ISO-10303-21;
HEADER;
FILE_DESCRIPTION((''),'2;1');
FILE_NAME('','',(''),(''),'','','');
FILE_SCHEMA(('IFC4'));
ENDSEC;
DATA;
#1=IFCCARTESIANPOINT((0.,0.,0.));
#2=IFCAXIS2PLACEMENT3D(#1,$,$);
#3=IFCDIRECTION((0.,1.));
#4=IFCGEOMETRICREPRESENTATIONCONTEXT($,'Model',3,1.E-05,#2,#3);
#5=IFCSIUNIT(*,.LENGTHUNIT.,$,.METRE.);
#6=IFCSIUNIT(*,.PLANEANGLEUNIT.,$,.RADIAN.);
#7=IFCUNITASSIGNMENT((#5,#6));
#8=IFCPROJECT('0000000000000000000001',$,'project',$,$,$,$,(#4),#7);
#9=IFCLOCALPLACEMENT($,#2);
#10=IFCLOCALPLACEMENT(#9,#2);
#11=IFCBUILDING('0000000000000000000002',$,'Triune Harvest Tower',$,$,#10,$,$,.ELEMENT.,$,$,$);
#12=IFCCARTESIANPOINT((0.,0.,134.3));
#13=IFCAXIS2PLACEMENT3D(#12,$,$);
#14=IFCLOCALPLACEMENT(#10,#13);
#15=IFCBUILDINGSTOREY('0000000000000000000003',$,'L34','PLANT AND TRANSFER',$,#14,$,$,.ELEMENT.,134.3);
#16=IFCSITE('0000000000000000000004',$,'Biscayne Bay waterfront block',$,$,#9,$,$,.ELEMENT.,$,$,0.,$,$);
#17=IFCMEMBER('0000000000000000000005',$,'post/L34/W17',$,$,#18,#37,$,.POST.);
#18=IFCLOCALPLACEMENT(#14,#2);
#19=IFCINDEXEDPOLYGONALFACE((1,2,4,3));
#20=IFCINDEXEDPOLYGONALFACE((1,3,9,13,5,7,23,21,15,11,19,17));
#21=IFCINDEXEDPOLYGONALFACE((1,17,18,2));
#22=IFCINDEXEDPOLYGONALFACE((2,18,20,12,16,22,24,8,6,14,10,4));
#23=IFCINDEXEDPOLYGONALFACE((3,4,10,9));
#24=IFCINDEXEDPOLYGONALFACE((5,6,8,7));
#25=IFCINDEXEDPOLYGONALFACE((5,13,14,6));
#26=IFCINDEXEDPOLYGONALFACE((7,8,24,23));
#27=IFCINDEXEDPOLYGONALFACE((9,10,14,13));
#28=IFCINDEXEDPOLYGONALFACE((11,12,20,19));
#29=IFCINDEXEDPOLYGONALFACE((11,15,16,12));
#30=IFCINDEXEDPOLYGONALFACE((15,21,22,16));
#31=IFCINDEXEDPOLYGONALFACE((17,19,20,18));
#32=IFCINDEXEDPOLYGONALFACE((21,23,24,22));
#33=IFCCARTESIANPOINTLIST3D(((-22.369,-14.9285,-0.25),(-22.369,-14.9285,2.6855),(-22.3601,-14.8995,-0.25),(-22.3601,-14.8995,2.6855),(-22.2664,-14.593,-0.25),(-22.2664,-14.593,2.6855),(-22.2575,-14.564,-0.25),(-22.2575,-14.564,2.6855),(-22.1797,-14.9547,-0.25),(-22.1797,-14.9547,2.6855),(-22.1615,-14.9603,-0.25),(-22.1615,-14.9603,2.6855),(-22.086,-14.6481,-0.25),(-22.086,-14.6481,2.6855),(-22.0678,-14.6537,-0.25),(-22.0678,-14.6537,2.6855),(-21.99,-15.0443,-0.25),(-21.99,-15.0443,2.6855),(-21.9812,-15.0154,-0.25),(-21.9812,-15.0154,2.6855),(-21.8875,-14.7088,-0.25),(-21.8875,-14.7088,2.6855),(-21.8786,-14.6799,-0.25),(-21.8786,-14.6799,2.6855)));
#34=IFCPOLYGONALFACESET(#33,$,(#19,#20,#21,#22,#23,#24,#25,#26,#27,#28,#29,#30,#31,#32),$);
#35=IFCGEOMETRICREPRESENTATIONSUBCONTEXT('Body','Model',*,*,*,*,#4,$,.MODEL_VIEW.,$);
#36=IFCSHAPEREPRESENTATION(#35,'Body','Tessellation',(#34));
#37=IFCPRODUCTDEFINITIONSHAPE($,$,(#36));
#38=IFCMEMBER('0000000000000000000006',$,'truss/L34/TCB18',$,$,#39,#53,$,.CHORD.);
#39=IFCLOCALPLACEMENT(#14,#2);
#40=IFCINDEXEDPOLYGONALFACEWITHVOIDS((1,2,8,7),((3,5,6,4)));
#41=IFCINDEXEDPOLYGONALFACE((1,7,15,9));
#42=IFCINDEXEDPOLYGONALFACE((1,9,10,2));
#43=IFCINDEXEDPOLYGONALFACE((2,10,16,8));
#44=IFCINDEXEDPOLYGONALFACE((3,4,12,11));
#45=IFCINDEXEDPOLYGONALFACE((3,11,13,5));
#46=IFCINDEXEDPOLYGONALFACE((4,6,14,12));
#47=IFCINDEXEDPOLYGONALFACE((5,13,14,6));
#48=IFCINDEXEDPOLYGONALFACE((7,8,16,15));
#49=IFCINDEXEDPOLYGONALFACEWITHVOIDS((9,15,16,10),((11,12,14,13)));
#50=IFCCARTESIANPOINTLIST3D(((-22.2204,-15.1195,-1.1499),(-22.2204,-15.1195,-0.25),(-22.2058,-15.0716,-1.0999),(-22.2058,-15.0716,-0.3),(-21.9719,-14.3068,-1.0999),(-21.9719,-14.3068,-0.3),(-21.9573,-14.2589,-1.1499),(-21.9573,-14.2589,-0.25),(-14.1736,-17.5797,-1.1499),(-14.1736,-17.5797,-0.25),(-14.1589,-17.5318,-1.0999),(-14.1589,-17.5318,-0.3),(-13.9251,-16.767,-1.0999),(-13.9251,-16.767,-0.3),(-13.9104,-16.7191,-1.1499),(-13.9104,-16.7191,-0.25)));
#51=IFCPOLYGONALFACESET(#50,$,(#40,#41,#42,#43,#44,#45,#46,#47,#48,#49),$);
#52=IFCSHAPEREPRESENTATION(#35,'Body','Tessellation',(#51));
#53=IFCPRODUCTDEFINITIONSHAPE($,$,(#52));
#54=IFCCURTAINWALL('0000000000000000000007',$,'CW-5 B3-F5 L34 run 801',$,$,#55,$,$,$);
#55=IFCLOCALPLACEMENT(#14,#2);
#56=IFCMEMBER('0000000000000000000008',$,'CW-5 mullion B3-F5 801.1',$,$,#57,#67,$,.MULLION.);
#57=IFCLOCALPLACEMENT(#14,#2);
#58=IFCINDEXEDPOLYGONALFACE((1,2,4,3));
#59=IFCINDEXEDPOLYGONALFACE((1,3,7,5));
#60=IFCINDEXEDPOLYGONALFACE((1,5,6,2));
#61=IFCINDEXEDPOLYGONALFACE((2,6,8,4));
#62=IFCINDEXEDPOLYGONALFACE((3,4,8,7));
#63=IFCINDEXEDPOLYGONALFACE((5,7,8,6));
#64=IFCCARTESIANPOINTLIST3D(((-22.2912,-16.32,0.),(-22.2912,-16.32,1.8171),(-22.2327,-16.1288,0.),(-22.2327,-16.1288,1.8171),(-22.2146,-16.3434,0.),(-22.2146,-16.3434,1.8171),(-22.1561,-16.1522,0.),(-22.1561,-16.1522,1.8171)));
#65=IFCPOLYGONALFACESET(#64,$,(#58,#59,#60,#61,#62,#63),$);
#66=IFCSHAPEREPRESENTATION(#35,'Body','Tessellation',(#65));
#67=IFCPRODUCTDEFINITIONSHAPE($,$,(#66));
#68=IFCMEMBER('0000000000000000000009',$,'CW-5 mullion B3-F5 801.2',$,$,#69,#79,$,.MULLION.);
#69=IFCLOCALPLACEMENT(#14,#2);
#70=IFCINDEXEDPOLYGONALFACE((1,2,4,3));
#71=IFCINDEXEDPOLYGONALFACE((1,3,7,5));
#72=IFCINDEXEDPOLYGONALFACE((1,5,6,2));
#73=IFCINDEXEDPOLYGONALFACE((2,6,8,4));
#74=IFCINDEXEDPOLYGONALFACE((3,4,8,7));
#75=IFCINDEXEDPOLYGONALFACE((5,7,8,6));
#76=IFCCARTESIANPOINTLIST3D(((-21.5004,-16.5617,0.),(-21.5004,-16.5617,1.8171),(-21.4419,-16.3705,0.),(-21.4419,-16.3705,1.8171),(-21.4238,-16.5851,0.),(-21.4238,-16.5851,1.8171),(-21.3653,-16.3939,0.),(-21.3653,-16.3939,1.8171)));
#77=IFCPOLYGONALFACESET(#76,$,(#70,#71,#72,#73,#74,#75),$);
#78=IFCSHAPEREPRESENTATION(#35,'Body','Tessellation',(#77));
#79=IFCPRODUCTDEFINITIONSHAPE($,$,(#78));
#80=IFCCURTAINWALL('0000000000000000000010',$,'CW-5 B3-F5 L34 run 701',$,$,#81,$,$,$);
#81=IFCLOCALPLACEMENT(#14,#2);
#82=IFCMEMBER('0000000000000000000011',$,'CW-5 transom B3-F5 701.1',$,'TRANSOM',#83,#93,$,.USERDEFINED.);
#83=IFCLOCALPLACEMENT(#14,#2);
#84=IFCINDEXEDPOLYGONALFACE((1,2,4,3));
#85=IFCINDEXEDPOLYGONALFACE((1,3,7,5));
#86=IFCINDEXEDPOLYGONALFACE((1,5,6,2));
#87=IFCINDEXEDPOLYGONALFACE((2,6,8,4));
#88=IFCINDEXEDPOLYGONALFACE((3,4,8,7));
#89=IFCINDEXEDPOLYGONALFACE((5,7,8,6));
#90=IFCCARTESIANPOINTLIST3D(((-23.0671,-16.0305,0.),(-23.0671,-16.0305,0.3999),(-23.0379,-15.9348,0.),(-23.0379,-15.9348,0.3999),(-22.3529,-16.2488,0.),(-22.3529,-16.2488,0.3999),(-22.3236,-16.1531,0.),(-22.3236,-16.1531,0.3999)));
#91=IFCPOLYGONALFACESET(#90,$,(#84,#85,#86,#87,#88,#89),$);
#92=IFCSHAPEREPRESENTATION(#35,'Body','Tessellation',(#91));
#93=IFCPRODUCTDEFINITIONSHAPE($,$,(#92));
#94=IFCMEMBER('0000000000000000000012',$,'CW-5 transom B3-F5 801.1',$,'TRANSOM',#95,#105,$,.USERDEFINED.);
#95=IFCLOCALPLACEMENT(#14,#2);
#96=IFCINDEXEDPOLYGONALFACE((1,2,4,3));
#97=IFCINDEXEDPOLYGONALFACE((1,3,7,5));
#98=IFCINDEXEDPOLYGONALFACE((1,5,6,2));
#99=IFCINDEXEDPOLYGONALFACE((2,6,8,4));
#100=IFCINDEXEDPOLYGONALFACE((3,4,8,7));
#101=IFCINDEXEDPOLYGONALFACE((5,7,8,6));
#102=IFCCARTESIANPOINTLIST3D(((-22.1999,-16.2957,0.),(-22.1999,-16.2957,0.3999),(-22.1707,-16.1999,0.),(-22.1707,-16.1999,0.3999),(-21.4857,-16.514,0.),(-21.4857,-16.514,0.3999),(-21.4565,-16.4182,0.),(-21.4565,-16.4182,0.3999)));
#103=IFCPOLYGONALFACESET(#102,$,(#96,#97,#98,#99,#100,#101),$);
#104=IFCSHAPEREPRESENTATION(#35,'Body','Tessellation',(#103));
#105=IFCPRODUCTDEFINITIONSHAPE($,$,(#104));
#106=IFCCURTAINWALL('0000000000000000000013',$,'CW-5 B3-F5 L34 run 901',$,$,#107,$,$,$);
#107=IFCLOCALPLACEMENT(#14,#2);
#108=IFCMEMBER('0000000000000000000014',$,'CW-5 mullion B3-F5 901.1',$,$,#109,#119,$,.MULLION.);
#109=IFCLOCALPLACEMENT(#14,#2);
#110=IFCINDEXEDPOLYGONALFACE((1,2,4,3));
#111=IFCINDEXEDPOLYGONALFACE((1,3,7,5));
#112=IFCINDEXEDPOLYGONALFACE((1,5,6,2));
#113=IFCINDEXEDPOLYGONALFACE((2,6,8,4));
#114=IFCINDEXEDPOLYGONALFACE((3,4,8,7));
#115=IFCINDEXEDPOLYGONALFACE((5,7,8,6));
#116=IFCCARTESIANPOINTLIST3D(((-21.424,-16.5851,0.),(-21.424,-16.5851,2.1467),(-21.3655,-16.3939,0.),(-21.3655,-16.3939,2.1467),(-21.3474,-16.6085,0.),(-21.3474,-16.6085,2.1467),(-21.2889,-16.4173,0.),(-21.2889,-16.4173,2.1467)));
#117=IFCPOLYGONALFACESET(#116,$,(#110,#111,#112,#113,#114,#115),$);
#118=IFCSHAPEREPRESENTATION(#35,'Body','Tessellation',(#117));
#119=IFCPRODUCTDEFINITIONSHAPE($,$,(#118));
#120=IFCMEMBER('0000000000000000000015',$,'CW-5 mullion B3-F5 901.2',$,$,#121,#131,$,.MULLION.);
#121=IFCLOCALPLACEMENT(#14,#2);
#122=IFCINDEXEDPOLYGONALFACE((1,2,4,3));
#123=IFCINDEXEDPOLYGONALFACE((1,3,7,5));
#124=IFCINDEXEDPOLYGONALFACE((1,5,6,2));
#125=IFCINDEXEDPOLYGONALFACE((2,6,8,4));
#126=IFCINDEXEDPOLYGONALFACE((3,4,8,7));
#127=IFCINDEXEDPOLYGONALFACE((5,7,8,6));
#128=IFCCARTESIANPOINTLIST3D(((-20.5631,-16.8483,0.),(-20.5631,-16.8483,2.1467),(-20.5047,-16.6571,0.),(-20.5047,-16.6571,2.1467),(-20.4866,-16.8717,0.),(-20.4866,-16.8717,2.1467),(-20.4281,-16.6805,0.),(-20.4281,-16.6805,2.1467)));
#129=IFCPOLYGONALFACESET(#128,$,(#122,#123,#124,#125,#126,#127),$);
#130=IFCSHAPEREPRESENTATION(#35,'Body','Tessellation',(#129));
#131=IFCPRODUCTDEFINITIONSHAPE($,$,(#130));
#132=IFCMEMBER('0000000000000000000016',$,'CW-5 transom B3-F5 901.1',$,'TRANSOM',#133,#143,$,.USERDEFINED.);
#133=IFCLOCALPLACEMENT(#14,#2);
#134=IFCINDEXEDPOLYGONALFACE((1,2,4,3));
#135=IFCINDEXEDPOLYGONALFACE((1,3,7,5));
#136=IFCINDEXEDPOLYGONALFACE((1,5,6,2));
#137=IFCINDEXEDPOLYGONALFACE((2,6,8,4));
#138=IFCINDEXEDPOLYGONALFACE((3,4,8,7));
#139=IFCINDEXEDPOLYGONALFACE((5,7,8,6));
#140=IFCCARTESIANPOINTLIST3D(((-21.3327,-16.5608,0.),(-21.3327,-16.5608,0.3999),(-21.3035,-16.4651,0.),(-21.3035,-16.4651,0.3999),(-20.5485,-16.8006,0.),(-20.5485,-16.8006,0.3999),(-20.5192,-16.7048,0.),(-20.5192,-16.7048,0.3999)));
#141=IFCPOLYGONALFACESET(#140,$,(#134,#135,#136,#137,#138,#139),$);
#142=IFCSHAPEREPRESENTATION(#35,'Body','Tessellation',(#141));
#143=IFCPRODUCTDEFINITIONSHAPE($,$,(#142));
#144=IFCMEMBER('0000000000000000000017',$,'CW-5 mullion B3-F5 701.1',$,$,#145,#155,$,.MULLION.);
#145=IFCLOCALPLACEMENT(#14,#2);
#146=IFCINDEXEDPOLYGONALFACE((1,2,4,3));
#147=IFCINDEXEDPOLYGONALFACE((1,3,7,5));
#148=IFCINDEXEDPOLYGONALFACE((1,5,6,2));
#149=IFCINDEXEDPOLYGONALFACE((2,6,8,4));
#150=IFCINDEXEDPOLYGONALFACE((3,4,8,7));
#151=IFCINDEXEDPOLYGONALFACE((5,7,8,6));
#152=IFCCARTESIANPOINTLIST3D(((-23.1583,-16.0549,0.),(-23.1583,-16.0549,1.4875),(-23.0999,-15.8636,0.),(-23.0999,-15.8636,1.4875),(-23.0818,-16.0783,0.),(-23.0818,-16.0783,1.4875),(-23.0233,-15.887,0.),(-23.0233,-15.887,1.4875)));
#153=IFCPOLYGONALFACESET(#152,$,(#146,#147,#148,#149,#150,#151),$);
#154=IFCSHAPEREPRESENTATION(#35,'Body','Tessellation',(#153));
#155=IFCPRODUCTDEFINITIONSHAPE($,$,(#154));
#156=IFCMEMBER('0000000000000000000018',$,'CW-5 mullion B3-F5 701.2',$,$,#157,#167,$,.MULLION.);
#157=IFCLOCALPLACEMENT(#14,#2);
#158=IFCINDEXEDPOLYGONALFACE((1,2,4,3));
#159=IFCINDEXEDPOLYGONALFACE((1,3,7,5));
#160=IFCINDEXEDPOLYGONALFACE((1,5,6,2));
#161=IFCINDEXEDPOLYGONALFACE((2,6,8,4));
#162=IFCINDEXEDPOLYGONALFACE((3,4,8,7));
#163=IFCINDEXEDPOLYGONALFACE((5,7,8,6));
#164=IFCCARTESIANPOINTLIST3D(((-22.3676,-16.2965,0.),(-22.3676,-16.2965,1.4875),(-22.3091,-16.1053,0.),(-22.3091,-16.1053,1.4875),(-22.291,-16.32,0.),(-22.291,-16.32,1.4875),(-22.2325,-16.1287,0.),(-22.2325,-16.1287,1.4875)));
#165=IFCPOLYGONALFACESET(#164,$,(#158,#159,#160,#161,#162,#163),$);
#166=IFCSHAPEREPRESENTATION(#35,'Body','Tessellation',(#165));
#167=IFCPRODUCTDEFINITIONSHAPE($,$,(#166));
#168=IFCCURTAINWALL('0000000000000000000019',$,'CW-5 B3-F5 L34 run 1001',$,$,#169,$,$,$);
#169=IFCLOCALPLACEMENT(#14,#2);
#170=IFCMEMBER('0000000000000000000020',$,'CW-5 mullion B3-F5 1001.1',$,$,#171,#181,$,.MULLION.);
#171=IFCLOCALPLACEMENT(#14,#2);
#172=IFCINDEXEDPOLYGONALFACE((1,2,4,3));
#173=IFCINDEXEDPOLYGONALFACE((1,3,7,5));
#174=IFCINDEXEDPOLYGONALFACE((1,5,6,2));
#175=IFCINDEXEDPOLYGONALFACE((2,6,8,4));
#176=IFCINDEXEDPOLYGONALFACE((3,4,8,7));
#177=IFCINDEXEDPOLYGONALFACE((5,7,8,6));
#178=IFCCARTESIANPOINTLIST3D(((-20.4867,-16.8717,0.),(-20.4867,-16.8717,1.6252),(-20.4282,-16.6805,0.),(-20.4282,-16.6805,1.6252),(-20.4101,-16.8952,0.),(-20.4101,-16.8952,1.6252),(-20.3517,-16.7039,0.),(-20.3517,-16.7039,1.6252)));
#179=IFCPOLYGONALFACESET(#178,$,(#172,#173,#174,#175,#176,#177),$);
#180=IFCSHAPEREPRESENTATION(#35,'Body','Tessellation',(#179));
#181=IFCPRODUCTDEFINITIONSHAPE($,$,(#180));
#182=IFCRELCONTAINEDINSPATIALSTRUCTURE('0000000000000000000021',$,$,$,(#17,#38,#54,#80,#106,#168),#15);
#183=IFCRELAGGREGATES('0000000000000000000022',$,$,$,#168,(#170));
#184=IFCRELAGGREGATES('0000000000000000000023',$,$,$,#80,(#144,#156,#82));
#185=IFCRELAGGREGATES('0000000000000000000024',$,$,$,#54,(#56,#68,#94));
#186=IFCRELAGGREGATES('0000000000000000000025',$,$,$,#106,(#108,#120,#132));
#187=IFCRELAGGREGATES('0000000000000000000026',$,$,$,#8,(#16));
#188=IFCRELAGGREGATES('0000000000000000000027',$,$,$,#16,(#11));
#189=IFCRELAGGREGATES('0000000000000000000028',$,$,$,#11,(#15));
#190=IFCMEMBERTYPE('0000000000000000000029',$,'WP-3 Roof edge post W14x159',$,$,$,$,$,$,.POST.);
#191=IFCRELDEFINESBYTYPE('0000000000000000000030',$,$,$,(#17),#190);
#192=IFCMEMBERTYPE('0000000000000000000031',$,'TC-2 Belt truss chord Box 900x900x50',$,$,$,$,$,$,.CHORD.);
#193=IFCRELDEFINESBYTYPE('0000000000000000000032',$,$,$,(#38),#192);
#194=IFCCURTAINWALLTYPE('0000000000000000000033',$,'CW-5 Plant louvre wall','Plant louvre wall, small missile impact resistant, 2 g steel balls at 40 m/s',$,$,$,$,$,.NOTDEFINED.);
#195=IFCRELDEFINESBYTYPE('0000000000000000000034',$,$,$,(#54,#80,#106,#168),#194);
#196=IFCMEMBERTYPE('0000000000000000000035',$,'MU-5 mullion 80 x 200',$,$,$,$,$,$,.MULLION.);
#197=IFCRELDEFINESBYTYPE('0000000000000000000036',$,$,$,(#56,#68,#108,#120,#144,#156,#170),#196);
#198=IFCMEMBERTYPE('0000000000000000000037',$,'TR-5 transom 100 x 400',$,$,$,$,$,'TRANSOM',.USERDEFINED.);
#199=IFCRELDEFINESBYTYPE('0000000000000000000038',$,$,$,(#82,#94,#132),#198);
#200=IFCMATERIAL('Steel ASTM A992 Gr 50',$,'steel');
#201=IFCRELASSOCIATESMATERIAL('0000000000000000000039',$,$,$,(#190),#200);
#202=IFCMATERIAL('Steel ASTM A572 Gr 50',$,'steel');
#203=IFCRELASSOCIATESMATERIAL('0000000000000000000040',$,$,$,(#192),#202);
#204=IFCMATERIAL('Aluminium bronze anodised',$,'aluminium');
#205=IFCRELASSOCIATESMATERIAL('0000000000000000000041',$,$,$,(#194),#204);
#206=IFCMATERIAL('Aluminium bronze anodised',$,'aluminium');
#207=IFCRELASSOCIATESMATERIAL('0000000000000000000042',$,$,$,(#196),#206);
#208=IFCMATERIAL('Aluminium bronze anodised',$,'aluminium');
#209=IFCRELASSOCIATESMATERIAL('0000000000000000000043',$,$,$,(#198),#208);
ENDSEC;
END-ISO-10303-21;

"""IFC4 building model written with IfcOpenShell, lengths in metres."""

from ifc_helpers import new_model, si_unit, direction, frame, origin, origin_2d, place, context, subcontext, project, spatial, rectangle, hollow_rectangle, i_section, extrude, source, transform, mapped, material, material_profile, profile_set, type_object, element, aggregate, save


model = new_model("IFC4")

# Units and contexts
model_context = context("Model", 3, precision=1e-05, world=origin(), true_north=direction((0.0, 1.0)))
body_context = subcontext(model_context, "Body", "Model", "MODEL_VIEW")
ifc_project = project(units=[si_unit("LENGTHUNIT", "METRE"), si_unit("PLANEANGLEUNIT", "RADIAN")], contexts=[model_context])

# Site, building, storey
site_placement = place(None, origin())
site = spatial("IfcSite", under=ifc_project, at=site_placement, Name="Biscayne Bay waterfront block", CompositionType="ELEMENT", RefElevation=0.0)
building_placement = place(site_placement, origin())
building = spatial("IfcBuilding", under=site, at=building_placement, Name="Triune Harvest Tower", CompositionType="ELEMENT")
storey_placement = place(building_placement, frame((0.0, 0.0, 134.3)))
storey = spatial("IfcBuildingStorey", under=building, at=storey_placement, Name="L34", Description="PLANT AND TRANSFER", CompositionType="ELEMENT", Elevation=134.3)

# Members
ifc_material_1 = material(Name="Steel ASTM A992 Gr 50", Category="steel")
ifc_material_profile_1 = material_profile(ifc_material_1, i_section(OverallWidth=0.3962, OverallDepth=0.3811, WebThickness=0.019, FlangeThickness=0.0303, at=origin_2d()), Name="W14x159")
ifc_profile_set_1 = profile_set([ifc_material_profile_1], Name="Steel ASTM A992 Gr 50")
member_type_1 = type_object("IfcMemberType", Name="WP-3 Roof edge post W14x159", PredefinedType="POST", material=ifc_profile_set_1)
shared_shape_1 = source(origin(), body_context, "Body", "SweptSolid", [
    extrude(i_section(OverallWidth=0.3962, OverallDepth=0.3811, WebThickness=0.019, FlangeThickness=0.0303, at=origin_2d()), origin(), (0.0, 0.0, 1.0), 2.9355),
])
member_1_placement = place(storey_placement, frame((-22.1238, -14.8042, -0.25), z_axis=(0.0, 0.0, 1.0), x_axis=(0.956305, -0.292372, 0.0)))
element("IfcMember", 1, at=member_1_placement, inside=storey, type_object=member_type_1, Name="post/L34/W17", PredefinedType="POST", context=body_context, shape_type="MappedRepresentation", body=[
    mapped(shared_shape_1, transform((0.0, 0.0, 0.0), scale=1.0)),
])
ifc_material_2 = material(Name="Steel ASTM A572 Gr 50", Category="steel")
ifc_material_profile_2 = material_profile(ifc_material_2, hollow_rectangle(XDim=0.8999, YDim=0.8999, WallThickness=0.05, at=origin_2d()), Name="Box 900x900x50")
ifc_profile_set_2 = profile_set([ifc_material_profile_2], Name="Steel ASTM A572 Gr 50")
member_type_2 = type_object("IfcMemberType", Name="TC-2 Belt truss chord Box 900x900x50", PredefinedType="CHORD", material=ifc_profile_set_2)
shared_shape_2 = source(origin(), body_context, "Body", "SweptSolid", [
    extrude(hollow_rectangle(XDim=0.8999, YDim=0.8999, WallThickness=0.05, at=origin_2d()), origin(), (0.0, 0.0, 1.0), 8.4146),
])
member_2_placement = place(storey_placement, frame((-22.0889, -14.6892, -0.7), z_axis=(0.956304, -0.292375, 0.0), x_axis=(0.292375, 0.956304, 0.0)))
element("IfcMember", 2, at=member_2_placement, inside=storey, type_object=member_type_2, Name="truss/L34/TCB18", PredefinedType="CHORD", context=body_context, shape_type="MappedRepresentation", body=[
    mapped(shared_shape_2, transform((0.0, 0.0, 0.0), scale=1.0)),
])

# Curtain wall, members
ifc_material_3 = material(Name="Aluminium bronze anodised", Category="aluminium")
curtain_wall_type = type_object("IfcCurtainWallType", Name="CW-5 Plant louvre wall", Description="Plant louvre wall, small missile impact resistant, 2 g steel balls at 40 m/s", PredefinedType="NOTDEFINED", material=ifc_material_3)
curtain_wall_1_placement = place(storey_placement, origin())
curtain_wall_1 = element("IfcCurtainWall", 3, at=curtain_wall_1_placement, inside=storey, type_object=curtain_wall_type, Name="CW-5 B3-F5 L34 run 801")
ifc_material_4 = material(Name="Aluminium bronze anodised", Category="aluminium")
ifc_material_profile_3 = material_profile(ifc_material_4, rectangle(XDim=0.2, YDim=0.0801, at=origin_2d()), Name="MU-5 mullion 80 x 200")
ifc_profile_set_3 = profile_set([ifc_material_profile_3], Name="Aluminium bronze anodised")
member_type_3 = type_object("IfcMemberType", Name="MU-5 mullion 80 x 200", PredefinedType="MULLION", material=ifc_profile_set_3)
shared_shape_3 = source(origin(), body_context, "Body", "SweptSolid", [
    extrude(rectangle(XDim=0.2, YDim=0.0801, at=origin_2d()), origin(), (0.0, 0.0, 1.0), 1.8171),
])
member_3_placement = place(storey_placement, frame((-22.2236, -16.2361, 0.0), z_axis=(0.0, 0.0, 1.0), x_axis=(0.292443, 0.956283, 0.0)))
member_3 = element("IfcMember", 4, at=member_3_placement, type_object=member_type_3, Name="CW-5 mullion B3-F5 801.1", PredefinedType="MULLION", context=body_context, shape_type="MappedRepresentation", body=[
    mapped(shared_shape_3, transform((0.0, 0.0, 0.0), scale=1.0)),
])
member_4_placement = place(storey_placement, frame((-21.4329, -16.4778, 0.0), z_axis=(0.0, 0.0, 1.0), x_axis=(0.292443, 0.956283, 0.0)))
member_4 = element("IfcMember", 5, at=member_4_placement, type_object=member_type_3, Name="CW-5 mullion B3-F5 801.2", PredefinedType="MULLION", context=body_context, shape_type="MappedRepresentation", body=[
    mapped(shared_shape_3, transform((0.0, 0.0, 0.0), scale=1.0)),
])

# Curtain wall, member
curtain_wall_2_placement = place(storey_placement, origin())
curtain_wall_2 = element("IfcCurtainWall", 6, at=curtain_wall_2_placement, inside=storey, type_object=curtain_wall_type, Name="CW-5 B3-F5 L34 run 701")
ifc_material_5 = material(Name="Aluminium bronze anodised", Category="aluminium")
ifc_material_profile_4 = material_profile(ifc_material_5, rectangle(XDim=0.1001, YDim=0.3999, at=origin_2d()), Name="TR-5 transom 100 x 400")
ifc_profile_set_4 = profile_set([ifc_material_profile_4], Name="Aluminium bronze anodised")
member_type_4 = type_object("IfcMemberType", Name="TR-5 transom 100 x 400", ElementType="TRANSOM", PredefinedType="USERDEFINED", material=ifc_profile_set_4)
shared_shape_4 = source(origin(), body_context, "Body", "SweptSolid", [
    extrude(rectangle(XDim=0.1001, YDim=0.3999, at=origin_2d()), origin(), (0.0, 0.0, 1.0), 0.7468),
])
member_5_placement = place(storey_placement, frame((-23.0525, -15.9827, 0.2), z_axis=(0.956329, -0.292293, 0.0), x_axis=(0.292293, 0.956329, 0.0)))
member_5 = element("IfcMember", 7, at=member_5_placement, type_object=member_type_4, Name="CW-5 transom B3-F5 701.1", ObjectType="TRANSOM", PredefinedType="USERDEFINED", context=body_context, shape_type="MappedRepresentation", body=[
    mapped(shared_shape_4, transform((0.0, 0.0, 0.0), scale=1.0)),
])

# Member
member_6_placement = place(storey_placement, frame((-22.1853, -16.2478, 0.2), z_axis=(0.956329, -0.292293, 0.0), x_axis=(0.292293, 0.956329, 0.0)))
member_6 = element("IfcMember", 8, at=member_6_placement, type_object=member_type_4, Name="CW-5 transom B3-F5 801.1", ObjectType="TRANSOM", PredefinedType="USERDEFINED", context=body_context, shape_type="MappedRepresentation", body=[
    mapped(shared_shape_4, transform((0.0, 0.0, 0.0), scale=1.0)),
])

# Curtain wall, members
curtain_wall_3_placement = place(storey_placement, origin())
curtain_wall_3 = element("IfcCurtainWall", 9, at=curtain_wall_3_placement, inside=storey, type_object=curtain_wall_type, Name="CW-5 B3-F5 L34 run 901")
shared_shape_5 = source(origin(), body_context, "Body", "SweptSolid", [
    extrude(rectangle(XDim=0.2, YDim=0.0801, at=origin_2d()), origin(), (0.0, 0.0, 1.0), 2.1467),
])
member_7_placement = place(storey_placement, frame((-21.3564, -16.5012, 0.0), z_axis=(0.0, 0.0, 1.0), x_axis=(0.292408, 0.956294, 0.0)))
member_7 = element("IfcMember", 10, at=member_7_placement, type_object=member_type_3, Name="CW-5 mullion B3-F5 901.1", PredefinedType="MULLION", context=body_context, shape_type="MappedRepresentation", body=[
    mapped(shared_shape_5, transform((0.0, 0.0, 0.0), scale=1.0)),
])
member_8_placement = place(storey_placement, frame((-20.4956, -16.7644, 0.0), z_axis=(0.0, 0.0, 1.0), x_axis=(0.292408, 0.956294, 0.0)))
member_8 = element("IfcMember", 11, at=member_8_placement, type_object=member_type_3, Name="CW-5 mullion B3-F5 901.2", PredefinedType="MULLION", context=body_context, shape_type="MappedRepresentation", body=[
    mapped(shared_shape_5, transform((0.0, 0.0, 0.0), scale=1.0)),
])
shared_shape_6 = source(origin(), body_context, "Body", "SweptSolid", [
    extrude(rectangle(XDim=0.1001, YDim=0.3999, at=origin_2d()), origin(), (0.0, 0.0, 1.0), 0.8201),
])
member_9_placement = place(storey_placement, frame((-21.3181, -16.5129, 0.2), z_axis=(0.956305, -0.29237, 0.0), x_axis=(0.29237, 0.956305, 0.0)))
member_9 = element("IfcMember", 12, at=member_9_placement, type_object=member_type_4, Name="CW-5 transom B3-F5 901.1", ObjectType="TRANSOM", PredefinedType="USERDEFINED", context=body_context, shape_type="MappedRepresentation", body=[
    mapped(shared_shape_6, transform((0.0, 0.0, 0.0), scale=1.0)),
])

# Members
shared_shape_7 = source(origin(), body_context, "Body", "SweptSolid", [
    extrude(rectangle(XDim=0.2, YDim=0.0801, at=origin_2d()), origin(), (0.0, 0.0, 1.0), 1.4875),
])
member_10_placement = place(storey_placement, frame((-23.0908, -15.9709, 0.0), z_axis=(0.0, 0.0, 1.0), x_axis=(0.292342, 0.956314, 0.0)))
member_10 = element("IfcMember", 13, at=member_10_placement, type_object=member_type_3, Name="CW-5 mullion B3-F5 701.1", PredefinedType="MULLION", context=body_context, shape_type="MappedRepresentation", body=[
    mapped(shared_shape_7, transform((0.0, 0.0, 0.0), scale=1.0)),
])
member_11_placement = place(storey_placement, frame((-22.3, -16.2126, 0.0), z_axis=(0.0, 0.0, 1.0), x_axis=(0.292342, 0.956314, 0.0)))
member_11 = element("IfcMember", 14, at=member_11_placement, type_object=member_type_3, Name="CW-5 mullion B3-F5 701.2", PredefinedType="MULLION", context=body_context, shape_type="MappedRepresentation", body=[
    mapped(shared_shape_7, transform((0.0, 0.0, 0.0), scale=1.0)),
])

# Curtain wall, member
curtain_wall_4_placement = place(storey_placement, origin())
curtain_wall_4 = element("IfcCurtainWall", 15, at=curtain_wall_4_placement, inside=storey, type_object=curtain_wall_type, Name="CW-5 B3-F5 L34 run 1001")
shared_shape_8 = source(origin(), body_context, "Body", "SweptSolid", [
    extrude(rectangle(XDim=0.2, YDim=0.0801, at=origin_2d()), origin(), (0.0, 0.0, 1.0), 1.6252),
])
member_12_placement = place(storey_placement, frame((-20.4192, -16.7878, 0.0), z_axis=(0.0, 0.0, 1.0), x_axis=(0.292363, 0.956307, 0.0)))
member_12 = element("IfcMember", 16, at=member_12_placement, type_object=member_type_3, Name="CW-5 mullion B3-F5 1001.1", PredefinedType="MULLION", context=body_context, shape_type="MappedRepresentation", body=[
    mapped(shared_shape_8, transform((0.0, 0.0, 0.0), scale=1.0)),
])
aggregate(curtain_wall_4, [member_12])

aggregate(curtain_wall_2, [member_10, member_11, member_5])
aggregate(curtain_wall_1, [member_3, member_4, member_6])
aggregate(curtain_wall_3, [member_7, member_8, member_9])

save(model, "model.ifc")
